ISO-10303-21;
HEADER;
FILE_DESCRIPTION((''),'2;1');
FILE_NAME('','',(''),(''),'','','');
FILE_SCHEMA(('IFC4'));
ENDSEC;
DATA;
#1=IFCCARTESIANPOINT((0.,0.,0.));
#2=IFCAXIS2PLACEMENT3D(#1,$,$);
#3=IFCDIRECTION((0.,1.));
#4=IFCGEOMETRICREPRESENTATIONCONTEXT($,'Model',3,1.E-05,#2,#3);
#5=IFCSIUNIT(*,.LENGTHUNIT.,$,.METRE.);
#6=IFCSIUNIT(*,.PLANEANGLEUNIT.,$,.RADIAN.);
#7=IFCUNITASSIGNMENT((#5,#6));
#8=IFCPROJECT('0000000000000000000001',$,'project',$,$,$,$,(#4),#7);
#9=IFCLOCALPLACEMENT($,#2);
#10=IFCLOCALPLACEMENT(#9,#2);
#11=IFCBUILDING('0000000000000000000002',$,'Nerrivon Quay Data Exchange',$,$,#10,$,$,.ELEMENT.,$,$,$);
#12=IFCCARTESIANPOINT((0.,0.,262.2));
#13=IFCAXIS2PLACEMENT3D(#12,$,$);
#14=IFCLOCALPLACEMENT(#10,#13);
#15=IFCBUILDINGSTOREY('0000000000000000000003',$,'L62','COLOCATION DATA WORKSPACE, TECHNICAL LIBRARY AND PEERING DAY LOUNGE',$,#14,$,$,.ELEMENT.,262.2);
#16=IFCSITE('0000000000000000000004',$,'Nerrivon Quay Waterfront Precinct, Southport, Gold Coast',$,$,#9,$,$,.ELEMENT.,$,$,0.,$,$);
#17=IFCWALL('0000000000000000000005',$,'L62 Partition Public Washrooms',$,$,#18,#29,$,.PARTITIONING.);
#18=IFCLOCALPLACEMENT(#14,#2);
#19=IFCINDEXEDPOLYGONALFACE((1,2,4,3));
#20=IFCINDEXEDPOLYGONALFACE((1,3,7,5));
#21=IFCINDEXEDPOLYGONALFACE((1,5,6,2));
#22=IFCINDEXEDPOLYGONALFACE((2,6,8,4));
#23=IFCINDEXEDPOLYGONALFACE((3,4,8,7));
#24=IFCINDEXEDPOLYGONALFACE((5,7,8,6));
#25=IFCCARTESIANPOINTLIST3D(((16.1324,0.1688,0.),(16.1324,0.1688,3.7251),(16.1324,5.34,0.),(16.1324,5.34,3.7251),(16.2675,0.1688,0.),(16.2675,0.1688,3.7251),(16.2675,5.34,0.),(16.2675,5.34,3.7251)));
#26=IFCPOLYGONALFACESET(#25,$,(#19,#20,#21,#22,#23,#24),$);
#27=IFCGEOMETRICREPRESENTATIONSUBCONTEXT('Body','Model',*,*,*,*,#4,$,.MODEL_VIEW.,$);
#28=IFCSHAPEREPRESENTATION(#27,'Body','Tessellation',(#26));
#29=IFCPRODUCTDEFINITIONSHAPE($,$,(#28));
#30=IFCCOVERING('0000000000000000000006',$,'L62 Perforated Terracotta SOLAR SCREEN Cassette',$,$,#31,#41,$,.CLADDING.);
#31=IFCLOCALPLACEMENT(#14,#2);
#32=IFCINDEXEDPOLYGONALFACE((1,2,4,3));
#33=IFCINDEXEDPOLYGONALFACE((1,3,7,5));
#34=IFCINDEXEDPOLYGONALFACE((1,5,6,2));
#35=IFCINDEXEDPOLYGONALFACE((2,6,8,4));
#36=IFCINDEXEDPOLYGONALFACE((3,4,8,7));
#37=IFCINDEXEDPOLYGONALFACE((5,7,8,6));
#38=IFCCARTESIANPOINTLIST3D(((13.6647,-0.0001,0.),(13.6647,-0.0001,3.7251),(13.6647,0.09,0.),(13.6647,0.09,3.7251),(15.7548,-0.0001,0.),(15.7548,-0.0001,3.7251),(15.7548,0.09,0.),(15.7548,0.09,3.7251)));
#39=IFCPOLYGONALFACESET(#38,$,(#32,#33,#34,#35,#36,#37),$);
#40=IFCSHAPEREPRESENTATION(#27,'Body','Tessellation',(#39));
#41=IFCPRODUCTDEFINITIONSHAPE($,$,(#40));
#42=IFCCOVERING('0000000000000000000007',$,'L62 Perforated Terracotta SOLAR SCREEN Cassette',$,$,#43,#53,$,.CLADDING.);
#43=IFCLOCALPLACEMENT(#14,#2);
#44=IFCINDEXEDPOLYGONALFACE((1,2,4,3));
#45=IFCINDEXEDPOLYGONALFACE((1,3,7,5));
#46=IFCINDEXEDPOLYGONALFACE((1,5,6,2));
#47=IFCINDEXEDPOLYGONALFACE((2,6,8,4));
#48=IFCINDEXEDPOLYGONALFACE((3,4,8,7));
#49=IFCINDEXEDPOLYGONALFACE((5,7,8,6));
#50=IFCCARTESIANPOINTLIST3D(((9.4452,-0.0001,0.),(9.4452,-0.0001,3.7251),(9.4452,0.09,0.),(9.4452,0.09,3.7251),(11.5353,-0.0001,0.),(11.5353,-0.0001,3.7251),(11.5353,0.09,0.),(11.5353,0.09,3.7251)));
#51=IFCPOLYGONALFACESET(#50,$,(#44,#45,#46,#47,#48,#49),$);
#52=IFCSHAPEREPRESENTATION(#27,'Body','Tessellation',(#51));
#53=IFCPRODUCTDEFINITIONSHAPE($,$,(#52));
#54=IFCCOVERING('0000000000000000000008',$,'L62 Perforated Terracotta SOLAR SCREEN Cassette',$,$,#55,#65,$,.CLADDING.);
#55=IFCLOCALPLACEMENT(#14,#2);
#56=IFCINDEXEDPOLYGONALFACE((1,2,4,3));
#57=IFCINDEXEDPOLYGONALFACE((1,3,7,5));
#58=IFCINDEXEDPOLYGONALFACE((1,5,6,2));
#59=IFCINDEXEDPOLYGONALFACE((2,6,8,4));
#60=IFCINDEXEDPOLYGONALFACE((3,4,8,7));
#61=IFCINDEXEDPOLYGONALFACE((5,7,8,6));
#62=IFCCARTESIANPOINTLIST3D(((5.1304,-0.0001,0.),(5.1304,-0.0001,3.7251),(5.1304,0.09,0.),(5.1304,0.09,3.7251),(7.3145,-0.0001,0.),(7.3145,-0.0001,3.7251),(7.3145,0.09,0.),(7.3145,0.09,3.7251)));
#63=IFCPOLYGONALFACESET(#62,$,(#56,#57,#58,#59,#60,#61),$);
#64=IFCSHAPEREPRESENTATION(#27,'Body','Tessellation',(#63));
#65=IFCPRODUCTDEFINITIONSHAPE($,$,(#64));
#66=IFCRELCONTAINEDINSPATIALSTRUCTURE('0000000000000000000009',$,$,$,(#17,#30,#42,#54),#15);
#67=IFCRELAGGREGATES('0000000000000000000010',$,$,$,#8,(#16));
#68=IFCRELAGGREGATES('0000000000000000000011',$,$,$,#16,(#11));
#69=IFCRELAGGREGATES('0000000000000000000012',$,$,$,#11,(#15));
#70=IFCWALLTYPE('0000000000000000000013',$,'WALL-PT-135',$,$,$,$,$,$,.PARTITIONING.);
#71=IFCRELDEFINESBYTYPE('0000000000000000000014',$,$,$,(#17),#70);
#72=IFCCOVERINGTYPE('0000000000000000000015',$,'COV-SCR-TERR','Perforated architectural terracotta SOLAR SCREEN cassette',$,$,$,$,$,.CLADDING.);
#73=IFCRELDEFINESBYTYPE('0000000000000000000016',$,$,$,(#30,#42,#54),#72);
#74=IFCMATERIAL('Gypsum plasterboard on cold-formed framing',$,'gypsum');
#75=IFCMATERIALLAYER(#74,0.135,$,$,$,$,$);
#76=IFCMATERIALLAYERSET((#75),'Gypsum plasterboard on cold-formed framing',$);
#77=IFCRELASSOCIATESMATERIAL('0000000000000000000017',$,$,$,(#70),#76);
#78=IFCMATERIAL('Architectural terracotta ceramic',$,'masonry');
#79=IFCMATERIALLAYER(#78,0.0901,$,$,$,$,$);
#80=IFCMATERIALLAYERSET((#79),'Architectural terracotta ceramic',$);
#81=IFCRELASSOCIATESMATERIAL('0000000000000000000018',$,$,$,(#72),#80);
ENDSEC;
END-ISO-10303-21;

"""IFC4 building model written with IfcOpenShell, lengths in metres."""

from ifc_helpers import new_model, si_unit, direction, frame, frame_2d, origin, origin_2d, place, context, subcontext, project, spatial, rectangle, extrude, material, layer, layer_set, type_object, element, save


model = new_model("IFC4")

# Units and contexts
model_context = context("Model", 3, precision=1e-05, world=origin(), true_north=direction((0.0, 1.0)))
body_context = subcontext(model_context, "Body", "Model", "MODEL_VIEW")
ifc_project = project(units=[si_unit("LENGTHUNIT", "METRE"), si_unit("PLANEANGLEUNIT", "RADIAN")], contexts=[model_context])

# Site, building, storey
site_placement = place(None, origin())
site = spatial("IfcSite", under=ifc_project, at=site_placement, Name="Nerrivon Quay Waterfront Precinct, Southport, Gold Coast", CompositionType="ELEMENT", RefElevation=0.0)
building_placement = place(site_placement, origin())
building = spatial("IfcBuilding", under=site, at=building_placement, Name="Nerrivon Quay Data Exchange", CompositionType="ELEMENT")
storey_placement = place(building_placement, frame((0.0, 0.0, 262.2)))
storey = spatial("IfcBuildingStorey", under=building, at=storey_placement, Name="L62", Description="COLOCATION DATA WORKSPACE, TECHNICAL LIBRARY AND PEERING DAY LOUNGE", CompositionType="ELEMENT", Elevation=262.2)

# Wall
ifc_material_1 = material(Name="Gypsum plasterboard on cold-formed framing", Category="gypsum")
ifc_layer_1 = layer(ifc_material_1, 0.135)
ifc_layer_set_1 = layer_set([ifc_layer_1], Name="Gypsum plasterboard on cold-formed framing")
wall_type_1 = type_object("IfcWallType", Name="WALL-PT-135", PredefinedType="PARTITIONING", material=ifc_layer_set_1)
wall_1_placement = place(storey_placement, frame((16.2, 0.1689, 0.0), z_axis=(0.0, 0.0, 1.0), x_axis=(0.0, 1.0, 0.0)))
element("IfcWall", 1, at=wall_1_placement, inside=storey, type_object=wall_type_1, Name="L62 Partition Public Washrooms", PredefinedType="PARTITIONING", context=body_context, shape_type="SweptSolid", body=[
    extrude(rectangle(XDim=5.1711, YDim=0.135, at=frame_2d((2.5854, 0.0))), origin(), (0.0, 0.0, 1.0), 3.7251),
])

# Coverings
ifc_material_2 = material(Name="Architectural terracotta ceramic", Category="masonry")
ifc_layer_2 = layer(ifc_material_2, 0.0901)
ifc_layer_set_2 = layer_set([ifc_layer_2], Name="Architectural terracotta ceramic")
covering_type = type_object("IfcCoveringType", Name="COV-SCR-TERR", Description="Perforated architectural terracotta SOLAR SCREEN cassette", PredefinedType="CLADDING", material=ifc_layer_set_2)
for number, where, z_axis, x_axis, name in (
    (2, (14.7097, 0.0449, 0.0), (0.0, 0.0, 1.0), (-1.0, 0.0, 0.0), "L62 Perforated Terracotta SOLAR SCREEN Cassette"),
    (3, (10.4902, 0.0449, 0.0), (0.0, 0.0, 1.0), (-1.0, 0.0, 0.0), "L62 Perforated Terracotta SOLAR SCREEN Cassette"),
):
    element("IfcCovering", number, at=place(storey_placement, frame(where, z_axis=z_axis, x_axis=x_axis)), inside=storey, type_object=covering_type, Name=name, PredefinedType="CLADDING", context=body_context, shape_type="SweptSolid", body=[
        extrude(rectangle(XDim=2.0901, YDim=0.0901, at=origin_2d()), origin(), (0.0, 0.0, 1.0), 3.7251),
    ])
covering_placement = place(storey_placement, frame((6.2224, 0.0449, 0.0), z_axis=(0.0, 0.0, 1.0), x_axis=(-1.0, 0.0, 0.0)))
element("IfcCovering", 4, at=covering_placement, inside=storey, type_object=covering_type, Name="L62 Perforated Terracotta SOLAR SCREEN Cassette", PredefinedType="CLADDING", context=body_context, shape_type="SweptSolid", body=[
    extrude(rectangle(XDim=2.1841, YDim=0.0901, at=origin_2d()), origin(), (0.0, 0.0, 1.0), 3.7251),
])

save(model, "model.ifc")
